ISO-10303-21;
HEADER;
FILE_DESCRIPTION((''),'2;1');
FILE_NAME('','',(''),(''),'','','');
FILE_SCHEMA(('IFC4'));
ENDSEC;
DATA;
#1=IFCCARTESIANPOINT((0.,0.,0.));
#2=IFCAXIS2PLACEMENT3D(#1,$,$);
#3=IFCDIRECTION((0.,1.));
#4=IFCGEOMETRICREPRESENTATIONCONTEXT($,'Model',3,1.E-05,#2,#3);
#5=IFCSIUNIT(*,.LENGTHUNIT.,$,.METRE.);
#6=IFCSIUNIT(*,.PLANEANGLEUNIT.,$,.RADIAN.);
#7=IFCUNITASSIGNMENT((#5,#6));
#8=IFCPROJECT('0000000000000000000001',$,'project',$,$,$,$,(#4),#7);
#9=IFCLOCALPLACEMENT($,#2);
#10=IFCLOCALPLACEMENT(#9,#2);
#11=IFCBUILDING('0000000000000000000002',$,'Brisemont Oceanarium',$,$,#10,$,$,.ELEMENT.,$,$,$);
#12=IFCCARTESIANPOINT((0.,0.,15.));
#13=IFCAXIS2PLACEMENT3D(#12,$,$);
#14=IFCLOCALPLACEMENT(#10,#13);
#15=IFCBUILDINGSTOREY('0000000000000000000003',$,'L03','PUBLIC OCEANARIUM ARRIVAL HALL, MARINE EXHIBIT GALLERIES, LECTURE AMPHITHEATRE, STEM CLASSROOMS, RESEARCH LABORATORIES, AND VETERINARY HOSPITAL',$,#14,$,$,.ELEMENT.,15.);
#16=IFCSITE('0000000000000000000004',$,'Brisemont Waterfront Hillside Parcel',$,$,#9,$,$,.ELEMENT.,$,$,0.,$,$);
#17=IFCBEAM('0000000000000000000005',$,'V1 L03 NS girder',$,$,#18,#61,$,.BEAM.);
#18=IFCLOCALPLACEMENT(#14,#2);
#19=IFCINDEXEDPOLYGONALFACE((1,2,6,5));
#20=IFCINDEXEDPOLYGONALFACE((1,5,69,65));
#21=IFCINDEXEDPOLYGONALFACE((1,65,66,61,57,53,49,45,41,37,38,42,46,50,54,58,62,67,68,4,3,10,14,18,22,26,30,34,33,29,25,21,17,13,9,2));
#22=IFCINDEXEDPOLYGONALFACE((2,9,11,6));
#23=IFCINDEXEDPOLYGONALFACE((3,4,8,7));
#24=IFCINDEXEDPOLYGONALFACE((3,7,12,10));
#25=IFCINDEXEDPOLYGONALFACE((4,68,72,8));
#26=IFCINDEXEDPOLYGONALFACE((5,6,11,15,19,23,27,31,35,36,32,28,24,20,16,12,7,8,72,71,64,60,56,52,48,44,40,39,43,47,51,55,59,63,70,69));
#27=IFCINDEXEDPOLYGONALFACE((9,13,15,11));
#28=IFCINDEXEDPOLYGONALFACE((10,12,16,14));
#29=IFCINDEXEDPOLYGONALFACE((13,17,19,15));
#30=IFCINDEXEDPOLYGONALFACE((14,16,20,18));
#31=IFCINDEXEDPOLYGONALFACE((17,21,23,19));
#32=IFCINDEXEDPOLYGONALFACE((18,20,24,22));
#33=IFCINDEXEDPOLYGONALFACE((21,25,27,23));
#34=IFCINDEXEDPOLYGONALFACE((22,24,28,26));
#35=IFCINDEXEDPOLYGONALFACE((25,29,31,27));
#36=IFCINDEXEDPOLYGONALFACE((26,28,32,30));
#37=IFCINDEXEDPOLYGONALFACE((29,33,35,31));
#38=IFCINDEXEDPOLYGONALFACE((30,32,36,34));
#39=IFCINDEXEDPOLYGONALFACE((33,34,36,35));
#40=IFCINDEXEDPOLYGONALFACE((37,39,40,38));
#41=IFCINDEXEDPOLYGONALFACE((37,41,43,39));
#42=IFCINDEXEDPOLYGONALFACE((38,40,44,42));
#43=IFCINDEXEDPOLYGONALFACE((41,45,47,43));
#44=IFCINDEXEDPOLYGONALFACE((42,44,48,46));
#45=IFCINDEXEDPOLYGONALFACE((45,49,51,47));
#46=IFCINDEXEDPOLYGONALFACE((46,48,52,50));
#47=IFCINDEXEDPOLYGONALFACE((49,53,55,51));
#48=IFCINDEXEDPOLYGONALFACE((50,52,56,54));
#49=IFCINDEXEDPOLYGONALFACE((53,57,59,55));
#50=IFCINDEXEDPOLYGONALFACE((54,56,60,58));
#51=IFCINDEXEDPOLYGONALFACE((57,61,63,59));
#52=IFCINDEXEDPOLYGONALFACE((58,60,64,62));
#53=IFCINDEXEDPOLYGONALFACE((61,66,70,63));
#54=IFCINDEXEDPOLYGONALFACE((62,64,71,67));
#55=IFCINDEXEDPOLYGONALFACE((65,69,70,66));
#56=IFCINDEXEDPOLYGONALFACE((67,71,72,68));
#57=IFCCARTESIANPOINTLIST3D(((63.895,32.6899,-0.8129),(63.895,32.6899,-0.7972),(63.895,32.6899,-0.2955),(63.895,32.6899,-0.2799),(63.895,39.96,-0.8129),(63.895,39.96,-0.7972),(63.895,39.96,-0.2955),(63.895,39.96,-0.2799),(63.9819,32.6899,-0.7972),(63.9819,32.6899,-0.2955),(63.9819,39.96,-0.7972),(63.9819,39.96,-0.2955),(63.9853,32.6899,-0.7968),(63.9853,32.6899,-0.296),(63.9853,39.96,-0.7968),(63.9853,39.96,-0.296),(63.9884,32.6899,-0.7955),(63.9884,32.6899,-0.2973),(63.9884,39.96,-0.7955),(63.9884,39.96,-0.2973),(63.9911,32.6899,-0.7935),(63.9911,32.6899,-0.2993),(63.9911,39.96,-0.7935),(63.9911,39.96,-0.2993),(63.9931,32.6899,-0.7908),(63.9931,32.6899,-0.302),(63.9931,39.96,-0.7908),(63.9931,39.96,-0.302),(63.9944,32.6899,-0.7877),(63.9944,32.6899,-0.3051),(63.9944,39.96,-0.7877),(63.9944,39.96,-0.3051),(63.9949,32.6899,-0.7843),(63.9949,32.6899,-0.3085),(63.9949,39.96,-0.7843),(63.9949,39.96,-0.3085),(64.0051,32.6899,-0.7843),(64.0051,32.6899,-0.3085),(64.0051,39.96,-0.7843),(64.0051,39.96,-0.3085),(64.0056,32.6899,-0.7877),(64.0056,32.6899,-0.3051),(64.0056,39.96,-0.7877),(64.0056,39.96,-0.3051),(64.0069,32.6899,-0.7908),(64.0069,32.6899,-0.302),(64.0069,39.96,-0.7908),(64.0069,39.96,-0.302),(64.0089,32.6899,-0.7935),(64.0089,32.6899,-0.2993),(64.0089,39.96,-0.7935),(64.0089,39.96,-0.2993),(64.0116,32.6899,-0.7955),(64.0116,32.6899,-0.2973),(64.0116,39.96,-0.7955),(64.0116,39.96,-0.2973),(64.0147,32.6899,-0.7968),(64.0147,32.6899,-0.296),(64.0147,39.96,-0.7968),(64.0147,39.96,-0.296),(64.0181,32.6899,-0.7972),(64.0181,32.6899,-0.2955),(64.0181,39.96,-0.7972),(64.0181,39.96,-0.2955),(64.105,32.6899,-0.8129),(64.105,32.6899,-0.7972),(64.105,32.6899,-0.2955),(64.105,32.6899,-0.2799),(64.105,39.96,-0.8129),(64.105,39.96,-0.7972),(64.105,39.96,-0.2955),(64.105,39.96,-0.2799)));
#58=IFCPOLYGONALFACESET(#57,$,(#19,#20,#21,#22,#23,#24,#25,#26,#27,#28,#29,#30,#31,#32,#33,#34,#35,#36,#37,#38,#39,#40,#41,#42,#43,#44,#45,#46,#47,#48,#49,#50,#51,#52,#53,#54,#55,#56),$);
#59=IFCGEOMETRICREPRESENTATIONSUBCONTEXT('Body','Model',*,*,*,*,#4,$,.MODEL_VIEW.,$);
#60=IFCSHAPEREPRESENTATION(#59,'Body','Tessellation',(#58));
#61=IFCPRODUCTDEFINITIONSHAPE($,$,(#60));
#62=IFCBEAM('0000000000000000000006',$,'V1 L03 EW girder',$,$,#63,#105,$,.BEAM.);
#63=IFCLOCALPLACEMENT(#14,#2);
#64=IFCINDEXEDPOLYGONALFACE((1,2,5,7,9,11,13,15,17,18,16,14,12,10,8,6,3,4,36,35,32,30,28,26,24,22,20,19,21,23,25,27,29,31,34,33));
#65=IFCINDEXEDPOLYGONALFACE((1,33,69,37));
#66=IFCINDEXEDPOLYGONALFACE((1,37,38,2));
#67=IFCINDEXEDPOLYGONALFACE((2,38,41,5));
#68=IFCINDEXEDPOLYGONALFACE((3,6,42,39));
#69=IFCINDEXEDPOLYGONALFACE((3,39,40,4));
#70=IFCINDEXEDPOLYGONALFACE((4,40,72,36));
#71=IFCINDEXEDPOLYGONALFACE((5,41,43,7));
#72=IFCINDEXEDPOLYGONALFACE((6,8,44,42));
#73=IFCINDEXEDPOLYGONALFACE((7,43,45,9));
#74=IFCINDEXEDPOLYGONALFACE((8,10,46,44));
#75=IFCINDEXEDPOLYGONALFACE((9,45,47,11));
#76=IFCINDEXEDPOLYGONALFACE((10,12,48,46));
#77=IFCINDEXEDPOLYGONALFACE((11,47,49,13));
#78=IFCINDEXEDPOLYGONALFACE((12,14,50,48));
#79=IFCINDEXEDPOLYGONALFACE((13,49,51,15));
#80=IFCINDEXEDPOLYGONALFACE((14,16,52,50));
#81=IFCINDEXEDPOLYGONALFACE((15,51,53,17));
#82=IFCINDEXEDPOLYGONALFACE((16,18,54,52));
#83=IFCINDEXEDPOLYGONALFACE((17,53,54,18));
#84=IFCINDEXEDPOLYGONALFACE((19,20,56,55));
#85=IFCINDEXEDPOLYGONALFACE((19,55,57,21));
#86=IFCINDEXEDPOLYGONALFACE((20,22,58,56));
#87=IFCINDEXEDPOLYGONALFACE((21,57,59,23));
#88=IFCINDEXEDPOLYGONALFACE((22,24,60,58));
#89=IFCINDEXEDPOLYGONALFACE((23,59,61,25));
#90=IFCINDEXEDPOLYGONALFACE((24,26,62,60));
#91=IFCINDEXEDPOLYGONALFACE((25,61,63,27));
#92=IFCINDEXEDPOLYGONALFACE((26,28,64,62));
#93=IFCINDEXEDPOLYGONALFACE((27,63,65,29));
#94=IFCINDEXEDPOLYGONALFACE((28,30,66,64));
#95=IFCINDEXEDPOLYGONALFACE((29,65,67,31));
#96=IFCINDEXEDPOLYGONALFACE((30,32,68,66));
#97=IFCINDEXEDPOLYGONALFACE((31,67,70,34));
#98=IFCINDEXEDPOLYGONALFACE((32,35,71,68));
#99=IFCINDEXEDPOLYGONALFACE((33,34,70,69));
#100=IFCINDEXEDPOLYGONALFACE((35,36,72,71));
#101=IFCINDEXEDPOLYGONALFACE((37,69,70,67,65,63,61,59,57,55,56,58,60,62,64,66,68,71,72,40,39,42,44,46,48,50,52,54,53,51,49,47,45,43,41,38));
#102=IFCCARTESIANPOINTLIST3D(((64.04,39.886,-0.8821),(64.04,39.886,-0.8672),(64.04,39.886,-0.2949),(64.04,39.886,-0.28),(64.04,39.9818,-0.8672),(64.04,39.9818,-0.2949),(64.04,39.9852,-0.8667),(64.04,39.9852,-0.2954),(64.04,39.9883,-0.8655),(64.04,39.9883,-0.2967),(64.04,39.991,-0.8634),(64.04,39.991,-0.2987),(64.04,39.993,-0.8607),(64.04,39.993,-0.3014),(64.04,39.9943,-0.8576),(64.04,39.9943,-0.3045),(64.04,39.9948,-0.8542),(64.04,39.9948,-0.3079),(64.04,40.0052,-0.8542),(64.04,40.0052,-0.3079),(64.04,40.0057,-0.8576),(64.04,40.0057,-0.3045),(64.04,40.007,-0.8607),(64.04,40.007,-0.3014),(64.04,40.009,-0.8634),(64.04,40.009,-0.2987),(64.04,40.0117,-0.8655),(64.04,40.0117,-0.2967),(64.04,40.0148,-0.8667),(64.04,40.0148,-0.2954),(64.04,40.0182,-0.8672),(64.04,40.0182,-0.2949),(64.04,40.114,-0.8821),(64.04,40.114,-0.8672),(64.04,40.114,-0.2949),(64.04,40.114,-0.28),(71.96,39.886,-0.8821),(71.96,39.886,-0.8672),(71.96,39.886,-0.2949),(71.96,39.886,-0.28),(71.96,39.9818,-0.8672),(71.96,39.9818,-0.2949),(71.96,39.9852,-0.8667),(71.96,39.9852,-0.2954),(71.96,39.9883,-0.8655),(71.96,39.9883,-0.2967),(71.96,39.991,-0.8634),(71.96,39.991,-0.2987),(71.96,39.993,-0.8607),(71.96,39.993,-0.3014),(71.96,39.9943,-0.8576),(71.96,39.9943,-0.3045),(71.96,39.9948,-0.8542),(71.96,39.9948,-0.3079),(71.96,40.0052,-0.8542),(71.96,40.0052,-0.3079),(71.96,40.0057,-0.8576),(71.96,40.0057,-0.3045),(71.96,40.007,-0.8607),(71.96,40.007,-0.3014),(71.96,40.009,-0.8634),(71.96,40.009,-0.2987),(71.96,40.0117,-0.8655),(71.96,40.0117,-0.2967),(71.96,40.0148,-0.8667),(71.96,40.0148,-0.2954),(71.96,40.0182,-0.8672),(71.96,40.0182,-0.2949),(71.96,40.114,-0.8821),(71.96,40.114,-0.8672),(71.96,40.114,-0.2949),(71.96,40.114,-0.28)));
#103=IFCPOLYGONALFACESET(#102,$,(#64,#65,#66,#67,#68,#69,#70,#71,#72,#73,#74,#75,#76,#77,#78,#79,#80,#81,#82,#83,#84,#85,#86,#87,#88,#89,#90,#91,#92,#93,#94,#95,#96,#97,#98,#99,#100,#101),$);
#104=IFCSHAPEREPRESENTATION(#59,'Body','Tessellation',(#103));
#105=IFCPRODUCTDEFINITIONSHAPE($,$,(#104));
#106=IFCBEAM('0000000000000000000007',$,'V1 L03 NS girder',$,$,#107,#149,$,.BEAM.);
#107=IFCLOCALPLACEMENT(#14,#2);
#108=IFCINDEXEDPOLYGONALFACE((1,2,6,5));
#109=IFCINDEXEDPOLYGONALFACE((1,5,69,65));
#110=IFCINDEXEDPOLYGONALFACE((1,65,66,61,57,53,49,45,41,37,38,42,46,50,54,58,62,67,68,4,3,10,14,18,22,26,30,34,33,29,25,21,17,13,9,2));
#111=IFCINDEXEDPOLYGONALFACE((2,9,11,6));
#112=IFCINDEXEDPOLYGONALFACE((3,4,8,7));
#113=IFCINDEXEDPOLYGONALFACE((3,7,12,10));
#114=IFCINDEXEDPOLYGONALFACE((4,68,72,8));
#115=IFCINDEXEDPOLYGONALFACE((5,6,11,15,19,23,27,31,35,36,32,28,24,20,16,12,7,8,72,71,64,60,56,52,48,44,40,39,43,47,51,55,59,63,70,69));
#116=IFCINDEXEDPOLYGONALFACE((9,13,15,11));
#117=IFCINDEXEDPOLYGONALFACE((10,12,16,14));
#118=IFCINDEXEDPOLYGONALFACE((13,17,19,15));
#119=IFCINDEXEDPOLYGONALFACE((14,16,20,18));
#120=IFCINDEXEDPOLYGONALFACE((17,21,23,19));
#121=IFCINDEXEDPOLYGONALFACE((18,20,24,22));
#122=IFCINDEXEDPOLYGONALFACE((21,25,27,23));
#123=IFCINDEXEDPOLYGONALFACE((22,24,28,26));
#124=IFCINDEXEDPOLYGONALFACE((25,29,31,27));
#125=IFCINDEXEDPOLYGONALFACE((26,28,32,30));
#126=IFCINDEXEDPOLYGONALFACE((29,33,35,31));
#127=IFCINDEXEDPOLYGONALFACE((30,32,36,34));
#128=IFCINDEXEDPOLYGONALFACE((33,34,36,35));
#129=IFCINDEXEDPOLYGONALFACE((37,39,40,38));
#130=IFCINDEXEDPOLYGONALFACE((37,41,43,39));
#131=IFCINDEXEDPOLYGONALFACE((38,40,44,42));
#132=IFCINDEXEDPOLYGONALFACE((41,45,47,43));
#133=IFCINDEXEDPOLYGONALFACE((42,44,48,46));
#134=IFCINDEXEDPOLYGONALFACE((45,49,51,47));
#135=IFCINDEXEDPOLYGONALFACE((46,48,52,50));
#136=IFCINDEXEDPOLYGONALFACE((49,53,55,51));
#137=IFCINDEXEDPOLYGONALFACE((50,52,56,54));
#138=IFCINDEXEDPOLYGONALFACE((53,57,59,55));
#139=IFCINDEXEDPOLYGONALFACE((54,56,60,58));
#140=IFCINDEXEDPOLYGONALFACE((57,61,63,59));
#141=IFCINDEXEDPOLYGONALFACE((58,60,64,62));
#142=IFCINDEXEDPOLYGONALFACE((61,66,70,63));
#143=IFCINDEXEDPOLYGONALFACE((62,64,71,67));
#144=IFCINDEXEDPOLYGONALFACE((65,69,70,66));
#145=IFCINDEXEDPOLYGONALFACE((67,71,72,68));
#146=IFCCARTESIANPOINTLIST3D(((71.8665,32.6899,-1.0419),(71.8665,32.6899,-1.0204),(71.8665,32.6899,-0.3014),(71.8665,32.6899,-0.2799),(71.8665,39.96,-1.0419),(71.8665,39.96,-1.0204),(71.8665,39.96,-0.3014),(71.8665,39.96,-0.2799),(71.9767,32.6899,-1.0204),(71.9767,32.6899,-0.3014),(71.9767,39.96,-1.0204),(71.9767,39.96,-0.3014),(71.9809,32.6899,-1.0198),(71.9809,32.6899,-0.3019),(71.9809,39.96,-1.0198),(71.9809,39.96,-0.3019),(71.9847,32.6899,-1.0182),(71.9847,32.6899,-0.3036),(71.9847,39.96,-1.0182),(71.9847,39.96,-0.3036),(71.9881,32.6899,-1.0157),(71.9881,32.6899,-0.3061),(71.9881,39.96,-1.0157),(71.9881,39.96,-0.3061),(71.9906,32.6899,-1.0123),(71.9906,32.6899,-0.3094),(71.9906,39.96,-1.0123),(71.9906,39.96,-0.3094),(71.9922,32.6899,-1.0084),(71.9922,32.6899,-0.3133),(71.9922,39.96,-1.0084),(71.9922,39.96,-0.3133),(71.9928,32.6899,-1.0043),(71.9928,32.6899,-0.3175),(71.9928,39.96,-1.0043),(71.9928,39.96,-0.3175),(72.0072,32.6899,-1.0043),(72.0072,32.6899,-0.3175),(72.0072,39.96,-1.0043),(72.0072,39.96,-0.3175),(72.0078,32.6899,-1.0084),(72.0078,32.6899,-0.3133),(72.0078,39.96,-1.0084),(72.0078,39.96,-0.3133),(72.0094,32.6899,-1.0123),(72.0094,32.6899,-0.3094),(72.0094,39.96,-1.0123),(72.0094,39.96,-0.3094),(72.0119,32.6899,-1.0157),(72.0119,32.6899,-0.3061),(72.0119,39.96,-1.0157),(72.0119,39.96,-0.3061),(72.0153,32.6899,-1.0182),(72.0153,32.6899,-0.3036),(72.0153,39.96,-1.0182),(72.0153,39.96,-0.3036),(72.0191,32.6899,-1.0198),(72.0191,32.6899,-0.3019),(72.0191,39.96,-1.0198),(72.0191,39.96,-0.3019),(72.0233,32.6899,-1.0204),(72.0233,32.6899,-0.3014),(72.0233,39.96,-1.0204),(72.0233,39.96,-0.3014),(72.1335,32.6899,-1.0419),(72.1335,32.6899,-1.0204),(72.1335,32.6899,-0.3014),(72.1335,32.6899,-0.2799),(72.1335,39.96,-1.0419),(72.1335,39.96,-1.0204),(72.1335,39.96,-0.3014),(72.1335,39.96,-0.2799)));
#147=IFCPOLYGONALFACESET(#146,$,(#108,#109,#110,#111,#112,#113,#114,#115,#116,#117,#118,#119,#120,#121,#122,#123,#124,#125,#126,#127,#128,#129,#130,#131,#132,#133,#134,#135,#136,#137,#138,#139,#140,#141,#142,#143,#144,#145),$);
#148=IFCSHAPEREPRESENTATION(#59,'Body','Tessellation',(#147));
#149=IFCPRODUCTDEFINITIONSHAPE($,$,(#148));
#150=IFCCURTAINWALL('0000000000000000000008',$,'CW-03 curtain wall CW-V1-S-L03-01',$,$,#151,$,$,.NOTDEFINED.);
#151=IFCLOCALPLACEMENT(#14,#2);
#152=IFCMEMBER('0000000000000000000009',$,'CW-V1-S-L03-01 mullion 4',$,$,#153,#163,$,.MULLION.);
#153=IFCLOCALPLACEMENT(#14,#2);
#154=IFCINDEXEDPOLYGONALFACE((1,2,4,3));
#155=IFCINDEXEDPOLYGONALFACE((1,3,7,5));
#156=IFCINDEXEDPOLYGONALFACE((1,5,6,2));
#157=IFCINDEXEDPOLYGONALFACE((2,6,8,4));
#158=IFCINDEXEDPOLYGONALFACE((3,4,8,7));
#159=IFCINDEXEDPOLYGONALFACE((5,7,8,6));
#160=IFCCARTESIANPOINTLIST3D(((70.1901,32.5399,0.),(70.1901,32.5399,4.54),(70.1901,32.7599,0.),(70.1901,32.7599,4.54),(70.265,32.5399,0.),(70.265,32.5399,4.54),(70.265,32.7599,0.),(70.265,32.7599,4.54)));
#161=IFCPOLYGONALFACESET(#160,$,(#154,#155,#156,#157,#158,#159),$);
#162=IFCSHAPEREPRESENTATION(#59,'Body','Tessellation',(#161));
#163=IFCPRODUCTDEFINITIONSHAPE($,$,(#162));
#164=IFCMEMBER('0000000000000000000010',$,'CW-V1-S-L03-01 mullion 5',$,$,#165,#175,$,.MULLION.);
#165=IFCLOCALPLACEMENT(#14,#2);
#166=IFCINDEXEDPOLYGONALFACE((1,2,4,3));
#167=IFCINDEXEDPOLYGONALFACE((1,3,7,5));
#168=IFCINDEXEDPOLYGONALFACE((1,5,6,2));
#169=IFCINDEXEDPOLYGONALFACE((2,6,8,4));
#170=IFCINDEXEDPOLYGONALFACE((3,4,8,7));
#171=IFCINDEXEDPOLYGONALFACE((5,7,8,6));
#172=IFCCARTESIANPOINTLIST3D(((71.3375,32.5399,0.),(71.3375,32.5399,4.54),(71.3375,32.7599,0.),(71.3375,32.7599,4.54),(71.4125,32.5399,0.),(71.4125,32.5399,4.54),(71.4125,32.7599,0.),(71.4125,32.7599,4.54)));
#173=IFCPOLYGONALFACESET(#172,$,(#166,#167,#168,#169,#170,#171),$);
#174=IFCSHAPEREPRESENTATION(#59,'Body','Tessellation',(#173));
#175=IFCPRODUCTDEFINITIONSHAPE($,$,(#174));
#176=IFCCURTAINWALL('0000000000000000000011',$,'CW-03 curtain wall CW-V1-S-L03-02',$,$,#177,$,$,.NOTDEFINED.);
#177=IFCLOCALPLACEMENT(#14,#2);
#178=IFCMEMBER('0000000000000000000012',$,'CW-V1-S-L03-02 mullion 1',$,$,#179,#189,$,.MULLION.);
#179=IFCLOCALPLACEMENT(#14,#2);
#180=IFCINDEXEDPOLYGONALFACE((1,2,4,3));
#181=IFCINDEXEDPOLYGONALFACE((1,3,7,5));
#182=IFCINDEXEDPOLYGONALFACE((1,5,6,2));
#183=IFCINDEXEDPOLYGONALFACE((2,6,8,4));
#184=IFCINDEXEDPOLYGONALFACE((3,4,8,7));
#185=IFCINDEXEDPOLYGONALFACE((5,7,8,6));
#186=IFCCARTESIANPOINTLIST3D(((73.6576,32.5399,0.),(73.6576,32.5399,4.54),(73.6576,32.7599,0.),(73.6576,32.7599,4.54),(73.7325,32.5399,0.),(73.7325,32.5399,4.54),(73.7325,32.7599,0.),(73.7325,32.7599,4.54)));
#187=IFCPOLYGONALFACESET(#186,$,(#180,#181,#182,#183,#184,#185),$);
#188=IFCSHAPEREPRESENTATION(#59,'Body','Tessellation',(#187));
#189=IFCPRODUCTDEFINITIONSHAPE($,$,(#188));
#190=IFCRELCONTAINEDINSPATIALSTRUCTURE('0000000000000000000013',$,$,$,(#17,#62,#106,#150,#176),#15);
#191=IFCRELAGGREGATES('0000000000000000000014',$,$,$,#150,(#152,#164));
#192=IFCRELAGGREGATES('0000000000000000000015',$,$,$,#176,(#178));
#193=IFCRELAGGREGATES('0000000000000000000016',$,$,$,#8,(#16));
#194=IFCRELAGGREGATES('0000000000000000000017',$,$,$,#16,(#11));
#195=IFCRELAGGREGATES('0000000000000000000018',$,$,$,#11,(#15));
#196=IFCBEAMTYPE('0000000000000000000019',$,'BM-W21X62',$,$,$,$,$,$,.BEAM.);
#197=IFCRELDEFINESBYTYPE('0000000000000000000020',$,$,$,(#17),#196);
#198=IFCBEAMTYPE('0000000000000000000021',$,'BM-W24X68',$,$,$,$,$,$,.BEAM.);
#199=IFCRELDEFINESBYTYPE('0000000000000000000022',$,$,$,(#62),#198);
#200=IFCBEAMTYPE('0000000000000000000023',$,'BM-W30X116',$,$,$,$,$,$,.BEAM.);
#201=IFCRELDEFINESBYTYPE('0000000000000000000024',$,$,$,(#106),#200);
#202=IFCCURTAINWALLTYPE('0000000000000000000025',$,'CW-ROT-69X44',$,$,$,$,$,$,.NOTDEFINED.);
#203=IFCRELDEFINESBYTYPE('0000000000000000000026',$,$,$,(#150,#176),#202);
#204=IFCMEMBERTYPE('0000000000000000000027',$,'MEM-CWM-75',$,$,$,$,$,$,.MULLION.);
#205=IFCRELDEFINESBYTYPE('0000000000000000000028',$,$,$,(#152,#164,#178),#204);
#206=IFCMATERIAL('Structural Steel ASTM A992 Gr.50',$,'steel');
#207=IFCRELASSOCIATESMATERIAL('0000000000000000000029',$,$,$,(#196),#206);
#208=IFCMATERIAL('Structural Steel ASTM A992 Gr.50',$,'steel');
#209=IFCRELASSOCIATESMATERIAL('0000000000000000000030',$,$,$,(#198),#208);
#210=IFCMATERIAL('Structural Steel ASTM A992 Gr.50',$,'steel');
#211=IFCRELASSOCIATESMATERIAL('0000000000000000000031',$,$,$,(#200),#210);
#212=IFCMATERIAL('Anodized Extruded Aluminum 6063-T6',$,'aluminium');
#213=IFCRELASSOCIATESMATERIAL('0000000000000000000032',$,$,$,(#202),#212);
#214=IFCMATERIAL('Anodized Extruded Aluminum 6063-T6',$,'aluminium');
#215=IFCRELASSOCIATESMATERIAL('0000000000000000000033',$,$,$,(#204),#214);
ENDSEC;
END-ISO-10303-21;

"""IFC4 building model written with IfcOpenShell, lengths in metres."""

from ifc_helpers import new_model, si_unit, direction, frame, origin, origin_2d, place, context, subcontext, project, spatial, rectangle, i_section, extrude, material, material_profile, profile_set, type_object, element, aggregate, save


model = new_model("IFC4")

# Units and contexts
model_context = context("Model", 3, precision=1e-05, world=origin(), true_north=direction((0.0, 1.0)))
body_context = subcontext(model_context, "Body", "Model", "MODEL_VIEW")
ifc_project = project(units=[si_unit("LENGTHUNIT", "METRE"), si_unit("PLANEANGLEUNIT", "RADIAN")], contexts=[model_context])

# Site, building, storey
site_placement = place(None, origin())
site = spatial("IfcSite", under=ifc_project, at=site_placement, Name="Brisemont Waterfront Hillside Parcel", CompositionType="ELEMENT", RefElevation=0.0)
building_placement = place(site_placement, origin())
building = spatial("IfcBuilding", under=site, at=building_placement, Name="Brisemont Oceanarium", CompositionType="ELEMENT")
storey_placement = place(building_placement, frame((0.0, 0.0, 15.0)))
storey = spatial("IfcBuildingStorey", under=building, at=storey_placement, Name="L03", Description="PUBLIC OCEANARIUM ARRIVAL HALL, MARINE EXHIBIT GALLERIES, LECTURE AMPHITHEATRE, STEM CLASSROOMS, RESEARCH LABORATORIES, AND VETERINARY HOSPITAL", CompositionType="ELEMENT", Elevation=15.0)

# Beams
ifc_material_1 = material(Name="Structural Steel ASTM A992 Gr.50", Category="steel")
ifc_material_profile_1 = material_profile(ifc_material_1, i_section(OverallWidth=0.21, OverallDepth=0.533, WebThickness=0.0103, FlangeThickness=0.0156, FilletRadius=0.0129, at=origin_2d()), Name="W21X62")
ifc_profile_set_1 = profile_set([ifc_material_profile_1], Name="Structural Steel ASTM A992 Gr.50")
beam_type_1 = type_object("IfcBeamType", Name="BM-W21X62", PredefinedType="BEAM", material=ifc_profile_set_1)
beam_1_placement = place(storey_placement, frame((64.0, 32.6899, -0.5464), z_axis=(0.0, 1.0, 0.0), x_axis=(-1.0, 0.0, 0.0)))
element("IfcBeam", 1, at=beam_1_placement, inside=storey, type_object=beam_type_1, Name="V1 L03 NS girder", PredefinedType="BEAM", context=body_context, shape_type="SweptSolid", body=[
    extrude(i_section(OverallWidth=0.21, OverallDepth=0.533, WebThickness=0.0103, FlangeThickness=0.0156, FilletRadius=0.0129, at=origin_2d()), origin(), (0.0, 0.0, 1.0), 7.27),
])
ifc_material_2 = material(Name="Structural Steel ASTM A992 Gr.50", Category="steel")
ifc_material_profile_2 = material_profile(ifc_material_2, i_section(OverallWidth=0.228, OverallDepth=0.6021, WebThickness=0.0105, FlangeThickness=0.0149, FilletRadius=0.0129, at=origin_2d()), Name="W24X68")
ifc_profile_set_2 = profile_set([ifc_material_profile_2], Name="Structural Steel ASTM A992 Gr.50")
beam_type_2 = type_object("IfcBeamType", Name="BM-W24X68", PredefinedType="BEAM", material=ifc_profile_set_2)
beam_2_placement = place(storey_placement, frame((64.04, 40.0, -0.5811), z_axis=(1.0, 0.0, 0.0), x_axis=(0.0, 1.0, 0.0)))
element("IfcBeam", 2, at=beam_2_placement, inside=storey, type_object=beam_type_2, Name="V1 L03 EW girder", PredefinedType="BEAM", context=body_context, shape_type="SweptSolid", body=[
    extrude(i_section(OverallWidth=0.228, OverallDepth=0.6021, WebThickness=0.0105, FlangeThickness=0.0149, FilletRadius=0.0129, at=origin_2d()), origin(), (0.0, 0.0, 1.0), 7.9199),
])
ifc_material_3 = material(Name="Structural Steel ASTM A992 Gr.50", Category="steel")
ifc_material_profile_3 = material_profile(ifc_material_3, i_section(OverallWidth=0.2671, OverallDepth=0.762, WebThickness=0.0144, FlangeThickness=0.0215, FilletRadius=0.0161, at=origin_2d()), Name="W30X116")
ifc_profile_set_3 = profile_set([ifc_material_profile_3], Name="Structural Steel ASTM A992 Gr.50")
beam_type_3 = type_object("IfcBeamType", Name="BM-W30X116", PredefinedType="BEAM", material=ifc_profile_set_3)
beam_3_placement = place(storey_placement, frame((72.0, 32.6899, -0.6609), z_axis=(0.0, 1.0, 0.0), x_axis=(-1.0, 0.0, 0.0)))
element("IfcBeam", 3, at=beam_3_placement, inside=storey, type_object=beam_type_3, Name="V1 L03 NS girder", PredefinedType="BEAM", context=body_context, shape_type="SweptSolid", body=[
    extrude(i_section(OverallWidth=0.2671, OverallDepth=0.762, WebThickness=0.0144, FlangeThickness=0.0215, FilletRadius=0.0161, at=origin_2d()), origin(), (0.0, 0.0, 1.0), 7.27),
])

# Curtain walls, members
ifc_material_4 = material(Name="Anodized Extruded Aluminum 6063-T6", Category="aluminium")
curtain_wall_type = type_object("IfcCurtainWallType", Name="CW-ROT-69X44", PredefinedType="NOTDEFINED", material=ifc_material_4)
curtain_wall_1_placement = place(storey_placement, origin())
curtain_wall_1 = element("IfcCurtainWall", 4, at=curtain_wall_1_placement, inside=storey, type_object=curtain_wall_type, Name="CW-03 curtain wall CW-V1-S-L03-01", PredefinedType="NOTDEFINED")
ifc_material_5 = material(Name="Anodized Extruded Aluminum 6063-T6", Category="aluminium")
ifc_material_profile_4 = material_profile(ifc_material_5, rectangle(XDim=0.075, YDim=0.22, at=origin_2d()), Name="CWM-75X220")
ifc_profile_set_4 = profile_set([ifc_material_profile_4], Name="Anodized Extruded Aluminum 6063-T6")
member_type_1 = type_object("IfcMemberType", Name="MEM-CWM-75", PredefinedType="MULLION", material=ifc_profile_set_4)
member_1_placement = place(storey_placement, frame((70.2275, 32.6499, 0.0), z_axis=(0.0, 0.0, 1.0), x_axis=(1.0, 0.0, 0.0)))
member_1 = element("IfcMember", 5, at=member_1_placement, type_object=member_type_1, Name="CW-V1-S-L03-01 mullion 4", PredefinedType="MULLION", context=body_context, shape_type="SweptSolid", body=[
    extrude(rectangle(XDim=0.075, YDim=0.22, at=origin_2d()), origin(), (0.0, 0.0, 1.0), 4.54),
])
member_2_placement = place(storey_placement, frame((71.375, 32.6499, 0.0), z_axis=(0.0, 0.0, 1.0), x_axis=(1.0, 0.0, 0.0)))
member_2 = element("IfcMember", 6, at=member_2_placement, type_object=member_type_1, Name="CW-V1-S-L03-01 mullion 5", PredefinedType="MULLION", context=body_context, shape_type="SweptSolid", body=[
    extrude(rectangle(XDim=0.075, YDim=0.22, at=origin_2d()), origin(), (0.0, 0.0, 1.0), 4.54),
])
curtain_wall_2_placement = place(storey_placement, origin())
curtain_wall_2 = element("IfcCurtainWall", 7, at=curtain_wall_2_placement, inside=storey, type_object=curtain_wall_type, Name="CW-03 curtain wall CW-V1-S-L03-02", PredefinedType="NOTDEFINED")
member_3_placement = place(storey_placement, frame((73.6951, 32.6499, 0.0), z_axis=(0.0, 0.0, 1.0), x_axis=(1.0, 0.0, 0.0)))
member_3 = element("IfcMember", 8, at=member_3_placement, type_object=member_type_1, Name="CW-V1-S-L03-02 mullion 1", PredefinedType="MULLION", context=body_context, shape_type="SweptSolid", body=[
    extrude(rectangle(XDim=0.075, YDim=0.22, at=origin_2d()), origin(), (0.0, 0.0, 1.0), 4.54),
])

aggregate(curtain_wall_1, [member_1, member_2])
aggregate(curtain_wall_2, [member_3])

save(model, "model.ifc")
